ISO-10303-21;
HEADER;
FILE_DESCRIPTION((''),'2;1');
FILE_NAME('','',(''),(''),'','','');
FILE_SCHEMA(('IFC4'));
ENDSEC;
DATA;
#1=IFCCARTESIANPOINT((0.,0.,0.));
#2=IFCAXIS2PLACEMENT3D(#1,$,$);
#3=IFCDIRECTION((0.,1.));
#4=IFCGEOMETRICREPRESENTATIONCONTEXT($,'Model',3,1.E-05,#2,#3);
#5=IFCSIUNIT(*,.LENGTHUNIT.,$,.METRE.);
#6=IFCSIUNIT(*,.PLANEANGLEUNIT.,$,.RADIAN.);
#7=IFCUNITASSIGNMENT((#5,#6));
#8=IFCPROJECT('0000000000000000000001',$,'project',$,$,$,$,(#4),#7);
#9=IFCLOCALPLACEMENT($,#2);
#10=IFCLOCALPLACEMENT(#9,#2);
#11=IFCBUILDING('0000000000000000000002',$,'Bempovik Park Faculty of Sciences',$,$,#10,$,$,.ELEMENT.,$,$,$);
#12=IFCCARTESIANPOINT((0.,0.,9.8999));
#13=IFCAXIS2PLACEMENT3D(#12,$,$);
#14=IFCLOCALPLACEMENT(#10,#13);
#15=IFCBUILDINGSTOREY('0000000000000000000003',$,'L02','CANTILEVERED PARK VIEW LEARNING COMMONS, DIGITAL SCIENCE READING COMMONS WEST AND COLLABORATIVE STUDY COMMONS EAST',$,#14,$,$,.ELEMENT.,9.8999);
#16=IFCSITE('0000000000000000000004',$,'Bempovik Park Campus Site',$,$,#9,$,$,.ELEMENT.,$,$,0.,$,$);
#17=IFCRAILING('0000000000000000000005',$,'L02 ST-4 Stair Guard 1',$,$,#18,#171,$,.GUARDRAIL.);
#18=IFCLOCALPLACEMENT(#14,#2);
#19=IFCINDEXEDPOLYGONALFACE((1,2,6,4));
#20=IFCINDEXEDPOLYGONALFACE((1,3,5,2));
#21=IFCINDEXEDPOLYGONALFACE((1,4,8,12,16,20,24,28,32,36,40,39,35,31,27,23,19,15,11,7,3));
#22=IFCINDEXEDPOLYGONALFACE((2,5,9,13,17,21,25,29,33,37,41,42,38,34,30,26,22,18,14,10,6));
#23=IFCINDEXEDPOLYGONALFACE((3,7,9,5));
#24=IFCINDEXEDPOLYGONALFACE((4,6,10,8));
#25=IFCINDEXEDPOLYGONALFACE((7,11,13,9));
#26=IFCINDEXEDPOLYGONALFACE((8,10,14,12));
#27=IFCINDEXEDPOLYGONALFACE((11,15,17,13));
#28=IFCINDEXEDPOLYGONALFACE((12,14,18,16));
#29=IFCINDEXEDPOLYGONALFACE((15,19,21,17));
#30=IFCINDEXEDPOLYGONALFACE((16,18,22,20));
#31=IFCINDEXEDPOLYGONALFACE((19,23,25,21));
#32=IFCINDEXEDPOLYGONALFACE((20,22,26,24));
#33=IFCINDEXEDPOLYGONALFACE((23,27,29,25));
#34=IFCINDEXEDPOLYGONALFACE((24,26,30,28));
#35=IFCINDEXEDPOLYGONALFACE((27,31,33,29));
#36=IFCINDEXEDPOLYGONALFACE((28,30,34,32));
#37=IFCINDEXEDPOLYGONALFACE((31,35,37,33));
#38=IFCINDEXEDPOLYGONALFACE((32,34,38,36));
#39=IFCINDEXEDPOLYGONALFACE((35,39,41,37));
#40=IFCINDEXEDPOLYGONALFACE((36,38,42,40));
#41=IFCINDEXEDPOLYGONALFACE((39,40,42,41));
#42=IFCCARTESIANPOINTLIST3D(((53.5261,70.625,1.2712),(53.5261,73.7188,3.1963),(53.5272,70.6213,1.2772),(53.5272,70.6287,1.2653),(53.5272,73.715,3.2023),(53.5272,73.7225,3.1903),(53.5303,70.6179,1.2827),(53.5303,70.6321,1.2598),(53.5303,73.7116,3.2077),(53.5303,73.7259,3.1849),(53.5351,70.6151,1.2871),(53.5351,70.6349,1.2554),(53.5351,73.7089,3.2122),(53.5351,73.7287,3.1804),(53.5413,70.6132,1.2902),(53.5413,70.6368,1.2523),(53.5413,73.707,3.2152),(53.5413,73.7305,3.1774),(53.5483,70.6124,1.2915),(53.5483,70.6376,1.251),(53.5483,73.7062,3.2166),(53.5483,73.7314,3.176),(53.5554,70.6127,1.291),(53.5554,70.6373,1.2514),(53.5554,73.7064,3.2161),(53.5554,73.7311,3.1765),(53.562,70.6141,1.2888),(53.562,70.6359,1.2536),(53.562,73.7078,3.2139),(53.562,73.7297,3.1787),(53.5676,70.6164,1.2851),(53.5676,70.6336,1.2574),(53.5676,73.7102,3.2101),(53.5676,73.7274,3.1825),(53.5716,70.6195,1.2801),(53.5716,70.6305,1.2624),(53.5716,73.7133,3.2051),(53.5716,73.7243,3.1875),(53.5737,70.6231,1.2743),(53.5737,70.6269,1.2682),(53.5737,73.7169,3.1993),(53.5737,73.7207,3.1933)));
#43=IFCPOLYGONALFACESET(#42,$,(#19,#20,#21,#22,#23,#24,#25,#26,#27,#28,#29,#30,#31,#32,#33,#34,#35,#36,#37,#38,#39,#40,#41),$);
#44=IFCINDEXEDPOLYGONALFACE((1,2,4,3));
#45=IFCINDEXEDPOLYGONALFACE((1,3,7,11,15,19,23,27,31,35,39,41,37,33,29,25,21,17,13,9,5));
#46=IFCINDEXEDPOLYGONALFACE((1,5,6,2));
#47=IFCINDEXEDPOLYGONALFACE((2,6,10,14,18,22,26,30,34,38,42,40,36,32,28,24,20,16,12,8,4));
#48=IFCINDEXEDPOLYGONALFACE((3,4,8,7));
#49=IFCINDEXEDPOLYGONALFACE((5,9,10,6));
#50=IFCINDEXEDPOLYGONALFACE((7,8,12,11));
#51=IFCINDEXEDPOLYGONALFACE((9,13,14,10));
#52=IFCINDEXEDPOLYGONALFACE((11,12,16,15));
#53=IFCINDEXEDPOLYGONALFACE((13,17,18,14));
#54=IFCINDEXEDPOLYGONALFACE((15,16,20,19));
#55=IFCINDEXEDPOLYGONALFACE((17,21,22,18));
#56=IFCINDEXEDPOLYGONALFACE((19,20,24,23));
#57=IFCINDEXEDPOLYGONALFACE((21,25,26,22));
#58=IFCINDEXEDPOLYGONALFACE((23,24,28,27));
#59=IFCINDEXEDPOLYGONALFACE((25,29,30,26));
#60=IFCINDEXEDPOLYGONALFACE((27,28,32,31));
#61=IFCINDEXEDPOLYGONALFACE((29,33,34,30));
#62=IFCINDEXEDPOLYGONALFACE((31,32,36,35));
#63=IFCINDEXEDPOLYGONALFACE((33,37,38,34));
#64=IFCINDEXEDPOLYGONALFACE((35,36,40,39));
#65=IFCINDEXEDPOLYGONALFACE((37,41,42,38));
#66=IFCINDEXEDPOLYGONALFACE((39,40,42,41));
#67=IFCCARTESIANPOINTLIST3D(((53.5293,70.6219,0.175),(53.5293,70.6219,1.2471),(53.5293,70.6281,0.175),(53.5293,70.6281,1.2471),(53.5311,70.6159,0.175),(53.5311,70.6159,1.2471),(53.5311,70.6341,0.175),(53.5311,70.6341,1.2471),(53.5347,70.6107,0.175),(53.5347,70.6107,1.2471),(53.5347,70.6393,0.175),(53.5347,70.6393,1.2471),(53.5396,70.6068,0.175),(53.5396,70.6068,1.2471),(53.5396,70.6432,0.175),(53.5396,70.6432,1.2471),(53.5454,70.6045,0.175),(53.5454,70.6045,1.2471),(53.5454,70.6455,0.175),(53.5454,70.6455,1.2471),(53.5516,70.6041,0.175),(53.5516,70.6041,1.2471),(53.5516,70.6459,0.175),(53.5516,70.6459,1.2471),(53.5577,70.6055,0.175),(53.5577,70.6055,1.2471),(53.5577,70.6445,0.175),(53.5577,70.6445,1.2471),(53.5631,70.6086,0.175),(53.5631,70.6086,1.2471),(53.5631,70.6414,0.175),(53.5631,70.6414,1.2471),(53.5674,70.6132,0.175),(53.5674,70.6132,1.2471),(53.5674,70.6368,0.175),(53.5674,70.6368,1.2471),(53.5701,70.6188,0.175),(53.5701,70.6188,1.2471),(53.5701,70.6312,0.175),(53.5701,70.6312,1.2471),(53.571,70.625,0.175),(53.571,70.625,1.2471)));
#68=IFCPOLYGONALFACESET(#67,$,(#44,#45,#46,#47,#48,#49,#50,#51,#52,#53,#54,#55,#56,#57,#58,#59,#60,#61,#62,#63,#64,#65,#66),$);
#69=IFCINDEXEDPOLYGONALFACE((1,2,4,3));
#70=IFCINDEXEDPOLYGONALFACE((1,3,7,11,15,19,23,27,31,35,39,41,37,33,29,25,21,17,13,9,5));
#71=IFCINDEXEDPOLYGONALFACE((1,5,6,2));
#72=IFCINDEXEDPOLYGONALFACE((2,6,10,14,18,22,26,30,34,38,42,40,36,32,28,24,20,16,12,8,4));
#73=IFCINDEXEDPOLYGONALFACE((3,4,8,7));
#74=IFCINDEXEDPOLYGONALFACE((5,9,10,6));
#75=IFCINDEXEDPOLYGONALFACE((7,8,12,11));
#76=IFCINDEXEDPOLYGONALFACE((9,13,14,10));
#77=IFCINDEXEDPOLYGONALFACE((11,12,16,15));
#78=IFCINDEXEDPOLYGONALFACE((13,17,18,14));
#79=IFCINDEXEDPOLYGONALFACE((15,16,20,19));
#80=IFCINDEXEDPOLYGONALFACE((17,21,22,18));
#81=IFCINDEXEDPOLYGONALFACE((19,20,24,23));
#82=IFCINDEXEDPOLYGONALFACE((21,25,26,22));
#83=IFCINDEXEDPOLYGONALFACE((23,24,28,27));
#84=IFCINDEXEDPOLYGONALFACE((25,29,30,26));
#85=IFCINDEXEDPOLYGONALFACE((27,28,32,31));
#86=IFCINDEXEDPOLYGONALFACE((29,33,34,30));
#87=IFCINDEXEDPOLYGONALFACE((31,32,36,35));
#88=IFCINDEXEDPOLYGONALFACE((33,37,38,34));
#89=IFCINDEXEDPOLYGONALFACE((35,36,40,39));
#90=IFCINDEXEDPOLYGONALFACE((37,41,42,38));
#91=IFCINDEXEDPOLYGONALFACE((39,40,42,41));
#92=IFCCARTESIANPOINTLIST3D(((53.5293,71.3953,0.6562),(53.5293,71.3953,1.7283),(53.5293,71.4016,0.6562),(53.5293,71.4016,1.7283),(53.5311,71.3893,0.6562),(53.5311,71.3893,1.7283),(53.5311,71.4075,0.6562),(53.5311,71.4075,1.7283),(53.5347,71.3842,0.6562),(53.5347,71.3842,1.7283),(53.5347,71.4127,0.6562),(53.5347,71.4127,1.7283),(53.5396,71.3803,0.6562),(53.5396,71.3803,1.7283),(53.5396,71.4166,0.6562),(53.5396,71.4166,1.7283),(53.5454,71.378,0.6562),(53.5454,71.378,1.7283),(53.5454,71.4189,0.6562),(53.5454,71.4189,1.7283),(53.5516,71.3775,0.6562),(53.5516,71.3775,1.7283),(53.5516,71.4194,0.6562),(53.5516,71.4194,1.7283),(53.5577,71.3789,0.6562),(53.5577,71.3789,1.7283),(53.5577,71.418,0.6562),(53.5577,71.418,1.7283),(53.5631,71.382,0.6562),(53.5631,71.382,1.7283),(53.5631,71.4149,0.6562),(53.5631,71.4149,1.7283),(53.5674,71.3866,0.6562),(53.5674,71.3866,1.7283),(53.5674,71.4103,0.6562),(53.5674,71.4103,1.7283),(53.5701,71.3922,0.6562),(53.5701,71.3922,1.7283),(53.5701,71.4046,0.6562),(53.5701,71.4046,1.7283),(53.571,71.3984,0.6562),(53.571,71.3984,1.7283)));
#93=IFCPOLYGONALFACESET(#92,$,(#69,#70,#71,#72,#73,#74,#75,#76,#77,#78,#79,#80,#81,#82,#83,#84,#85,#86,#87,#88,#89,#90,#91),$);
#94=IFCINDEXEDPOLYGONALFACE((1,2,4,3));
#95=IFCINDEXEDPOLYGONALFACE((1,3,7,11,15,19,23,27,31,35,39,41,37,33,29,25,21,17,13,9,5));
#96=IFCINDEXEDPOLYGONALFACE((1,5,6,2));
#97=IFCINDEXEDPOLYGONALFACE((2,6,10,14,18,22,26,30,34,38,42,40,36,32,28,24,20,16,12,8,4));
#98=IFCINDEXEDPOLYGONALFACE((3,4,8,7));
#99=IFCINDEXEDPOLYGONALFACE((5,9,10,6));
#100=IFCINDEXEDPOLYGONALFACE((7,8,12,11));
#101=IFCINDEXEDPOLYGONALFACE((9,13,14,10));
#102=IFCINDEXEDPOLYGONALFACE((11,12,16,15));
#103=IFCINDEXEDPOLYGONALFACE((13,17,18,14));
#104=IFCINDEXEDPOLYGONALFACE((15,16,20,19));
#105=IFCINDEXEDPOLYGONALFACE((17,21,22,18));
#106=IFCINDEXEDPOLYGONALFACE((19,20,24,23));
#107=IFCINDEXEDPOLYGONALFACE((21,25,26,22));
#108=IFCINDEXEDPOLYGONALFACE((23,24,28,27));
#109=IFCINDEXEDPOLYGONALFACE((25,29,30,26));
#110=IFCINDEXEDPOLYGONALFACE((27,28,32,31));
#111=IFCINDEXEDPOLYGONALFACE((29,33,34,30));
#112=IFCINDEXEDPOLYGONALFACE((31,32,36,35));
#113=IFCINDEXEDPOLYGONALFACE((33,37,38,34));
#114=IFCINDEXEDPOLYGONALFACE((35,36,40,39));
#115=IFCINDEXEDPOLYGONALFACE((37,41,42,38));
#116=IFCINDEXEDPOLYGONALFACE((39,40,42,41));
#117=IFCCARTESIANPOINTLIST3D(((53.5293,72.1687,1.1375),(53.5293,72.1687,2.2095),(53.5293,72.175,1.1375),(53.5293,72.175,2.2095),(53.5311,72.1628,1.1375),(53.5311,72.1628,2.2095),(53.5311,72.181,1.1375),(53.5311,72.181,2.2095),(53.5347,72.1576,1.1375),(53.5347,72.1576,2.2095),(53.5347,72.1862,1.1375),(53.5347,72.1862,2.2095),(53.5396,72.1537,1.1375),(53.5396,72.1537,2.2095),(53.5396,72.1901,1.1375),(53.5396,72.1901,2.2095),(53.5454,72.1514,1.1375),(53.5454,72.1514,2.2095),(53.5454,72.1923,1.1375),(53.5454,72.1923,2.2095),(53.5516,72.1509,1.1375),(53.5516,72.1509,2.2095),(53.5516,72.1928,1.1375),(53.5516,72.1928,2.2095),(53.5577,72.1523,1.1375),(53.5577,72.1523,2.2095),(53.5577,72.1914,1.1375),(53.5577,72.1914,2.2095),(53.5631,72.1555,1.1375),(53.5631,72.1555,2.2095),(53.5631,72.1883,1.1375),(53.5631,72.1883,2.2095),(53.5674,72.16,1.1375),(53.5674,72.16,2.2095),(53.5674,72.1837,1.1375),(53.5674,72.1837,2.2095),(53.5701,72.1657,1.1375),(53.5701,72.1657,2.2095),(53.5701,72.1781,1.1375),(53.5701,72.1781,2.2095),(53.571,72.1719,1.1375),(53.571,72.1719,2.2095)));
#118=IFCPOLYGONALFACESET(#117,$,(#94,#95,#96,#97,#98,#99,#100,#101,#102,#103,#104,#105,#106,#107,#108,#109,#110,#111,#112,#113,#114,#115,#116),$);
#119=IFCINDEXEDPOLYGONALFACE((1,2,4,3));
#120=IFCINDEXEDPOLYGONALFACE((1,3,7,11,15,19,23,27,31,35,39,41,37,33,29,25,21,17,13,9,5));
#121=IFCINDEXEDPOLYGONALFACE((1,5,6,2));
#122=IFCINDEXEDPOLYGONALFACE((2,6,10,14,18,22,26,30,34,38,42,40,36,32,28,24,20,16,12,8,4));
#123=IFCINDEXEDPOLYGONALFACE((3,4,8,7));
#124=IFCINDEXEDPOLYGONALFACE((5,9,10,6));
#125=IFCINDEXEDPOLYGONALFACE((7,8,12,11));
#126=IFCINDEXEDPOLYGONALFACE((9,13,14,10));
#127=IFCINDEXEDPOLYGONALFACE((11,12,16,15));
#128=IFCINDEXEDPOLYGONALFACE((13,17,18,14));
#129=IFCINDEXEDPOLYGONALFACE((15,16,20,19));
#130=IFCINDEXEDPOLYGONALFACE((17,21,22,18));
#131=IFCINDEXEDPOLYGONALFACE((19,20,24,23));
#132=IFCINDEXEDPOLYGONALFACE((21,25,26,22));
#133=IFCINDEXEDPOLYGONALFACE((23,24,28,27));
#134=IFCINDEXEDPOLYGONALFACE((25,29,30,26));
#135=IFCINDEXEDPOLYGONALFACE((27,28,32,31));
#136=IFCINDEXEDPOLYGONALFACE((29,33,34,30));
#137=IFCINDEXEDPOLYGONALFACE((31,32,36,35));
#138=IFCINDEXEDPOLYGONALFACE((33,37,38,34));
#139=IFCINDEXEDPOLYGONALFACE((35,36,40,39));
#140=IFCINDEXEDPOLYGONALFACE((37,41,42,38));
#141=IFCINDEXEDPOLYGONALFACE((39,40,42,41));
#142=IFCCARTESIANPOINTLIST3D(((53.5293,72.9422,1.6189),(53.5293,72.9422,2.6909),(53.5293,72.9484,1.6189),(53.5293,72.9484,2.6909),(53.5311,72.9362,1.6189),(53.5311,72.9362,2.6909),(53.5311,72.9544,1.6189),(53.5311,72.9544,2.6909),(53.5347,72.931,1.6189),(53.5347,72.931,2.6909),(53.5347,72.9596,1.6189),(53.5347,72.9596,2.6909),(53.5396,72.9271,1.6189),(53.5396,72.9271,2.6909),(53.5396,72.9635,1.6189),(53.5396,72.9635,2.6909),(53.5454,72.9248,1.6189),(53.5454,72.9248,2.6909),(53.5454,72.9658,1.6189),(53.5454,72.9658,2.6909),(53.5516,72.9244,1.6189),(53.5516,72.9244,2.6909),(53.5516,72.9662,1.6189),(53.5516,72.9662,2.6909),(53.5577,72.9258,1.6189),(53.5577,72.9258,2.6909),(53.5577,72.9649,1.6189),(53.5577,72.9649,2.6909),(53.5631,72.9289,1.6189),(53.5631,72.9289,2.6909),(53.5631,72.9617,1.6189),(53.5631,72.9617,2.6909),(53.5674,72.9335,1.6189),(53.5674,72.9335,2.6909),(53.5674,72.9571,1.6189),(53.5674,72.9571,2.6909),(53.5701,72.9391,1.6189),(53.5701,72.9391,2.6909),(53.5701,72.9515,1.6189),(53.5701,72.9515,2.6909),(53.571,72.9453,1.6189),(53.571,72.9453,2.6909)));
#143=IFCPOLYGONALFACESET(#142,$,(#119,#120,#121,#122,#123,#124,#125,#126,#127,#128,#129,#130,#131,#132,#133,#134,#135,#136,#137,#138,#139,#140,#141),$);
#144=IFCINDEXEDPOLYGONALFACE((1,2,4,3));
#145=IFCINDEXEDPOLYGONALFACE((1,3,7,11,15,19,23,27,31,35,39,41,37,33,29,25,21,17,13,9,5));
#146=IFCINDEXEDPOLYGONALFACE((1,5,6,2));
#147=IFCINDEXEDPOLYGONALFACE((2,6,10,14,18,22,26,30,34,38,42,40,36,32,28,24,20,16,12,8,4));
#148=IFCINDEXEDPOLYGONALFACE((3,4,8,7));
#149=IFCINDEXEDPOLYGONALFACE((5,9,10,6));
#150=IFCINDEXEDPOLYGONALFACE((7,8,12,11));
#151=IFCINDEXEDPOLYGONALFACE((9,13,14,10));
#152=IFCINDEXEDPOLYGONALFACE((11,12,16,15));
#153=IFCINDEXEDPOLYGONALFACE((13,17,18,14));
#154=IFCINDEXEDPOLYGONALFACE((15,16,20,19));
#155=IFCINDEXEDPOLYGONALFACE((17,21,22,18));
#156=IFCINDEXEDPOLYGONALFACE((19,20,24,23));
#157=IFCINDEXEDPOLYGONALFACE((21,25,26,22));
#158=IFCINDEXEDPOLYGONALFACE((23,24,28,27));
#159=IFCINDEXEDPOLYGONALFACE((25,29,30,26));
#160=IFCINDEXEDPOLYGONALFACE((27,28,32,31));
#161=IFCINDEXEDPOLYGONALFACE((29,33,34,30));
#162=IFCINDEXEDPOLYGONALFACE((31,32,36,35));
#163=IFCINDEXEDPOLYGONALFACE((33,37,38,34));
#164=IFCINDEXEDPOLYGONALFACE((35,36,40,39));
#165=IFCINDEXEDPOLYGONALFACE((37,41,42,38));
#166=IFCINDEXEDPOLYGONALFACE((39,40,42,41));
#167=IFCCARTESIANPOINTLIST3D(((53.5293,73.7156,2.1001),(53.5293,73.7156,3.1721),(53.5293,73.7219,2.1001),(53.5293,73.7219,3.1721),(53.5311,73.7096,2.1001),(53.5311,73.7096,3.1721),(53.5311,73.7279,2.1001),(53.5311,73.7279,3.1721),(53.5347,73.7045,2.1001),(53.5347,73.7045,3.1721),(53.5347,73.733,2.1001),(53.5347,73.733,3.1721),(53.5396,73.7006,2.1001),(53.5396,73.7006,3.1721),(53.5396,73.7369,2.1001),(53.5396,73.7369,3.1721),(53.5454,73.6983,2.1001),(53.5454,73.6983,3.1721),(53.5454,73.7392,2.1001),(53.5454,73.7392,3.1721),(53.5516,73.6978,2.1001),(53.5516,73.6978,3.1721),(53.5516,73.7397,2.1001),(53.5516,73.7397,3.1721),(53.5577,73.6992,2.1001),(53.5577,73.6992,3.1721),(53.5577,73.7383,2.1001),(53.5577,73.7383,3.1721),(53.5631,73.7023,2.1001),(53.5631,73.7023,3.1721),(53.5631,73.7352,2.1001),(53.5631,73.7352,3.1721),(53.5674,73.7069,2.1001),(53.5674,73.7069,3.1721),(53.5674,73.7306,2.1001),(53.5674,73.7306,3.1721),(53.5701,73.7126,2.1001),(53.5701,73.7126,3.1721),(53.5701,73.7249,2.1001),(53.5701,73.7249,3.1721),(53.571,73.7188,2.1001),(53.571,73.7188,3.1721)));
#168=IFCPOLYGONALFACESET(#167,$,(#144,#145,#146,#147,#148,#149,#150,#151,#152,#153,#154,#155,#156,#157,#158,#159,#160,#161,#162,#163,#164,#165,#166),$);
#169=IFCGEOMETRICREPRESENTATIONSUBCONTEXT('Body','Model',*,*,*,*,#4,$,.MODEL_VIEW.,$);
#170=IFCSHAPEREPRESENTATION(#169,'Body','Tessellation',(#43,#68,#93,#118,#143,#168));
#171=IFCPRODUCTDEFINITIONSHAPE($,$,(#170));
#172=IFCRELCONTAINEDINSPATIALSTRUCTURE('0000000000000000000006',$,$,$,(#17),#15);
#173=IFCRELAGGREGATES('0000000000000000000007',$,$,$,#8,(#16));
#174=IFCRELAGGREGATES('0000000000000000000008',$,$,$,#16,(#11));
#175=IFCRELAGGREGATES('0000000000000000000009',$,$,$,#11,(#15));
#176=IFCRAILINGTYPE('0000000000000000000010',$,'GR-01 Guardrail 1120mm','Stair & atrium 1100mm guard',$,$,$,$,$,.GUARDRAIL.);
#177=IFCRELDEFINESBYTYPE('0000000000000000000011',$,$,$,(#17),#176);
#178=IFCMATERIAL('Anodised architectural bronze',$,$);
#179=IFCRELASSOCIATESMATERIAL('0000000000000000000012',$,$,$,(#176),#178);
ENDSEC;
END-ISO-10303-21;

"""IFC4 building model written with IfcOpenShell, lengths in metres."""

from ifc_helpers import new_model, si_unit, direction, frame, origin, origin_2d, place, context, subcontext, project, spatial, circle, extrude, material, type_object, element, save


model = new_model("IFC4")

# Units and contexts
model_context = context("Model", 3, precision=1e-05, world=origin(), true_north=direction((0.0, 1.0)))
body_context = subcontext(model_context, "Body", "Model", "MODEL_VIEW")
ifc_project = project(units=[si_unit("LENGTHUNIT", "METRE"), si_unit("PLANEANGLEUNIT", "RADIAN")], contexts=[model_context])

# Site, building, storey
site_placement = place(None, origin())
site = spatial("IfcSite", under=ifc_project, at=site_placement, Name="Bempovik Park Campus Site", CompositionType="ELEMENT", RefElevation=0.0)
building_placement = place(site_placement, origin())
building = spatial("IfcBuilding", under=site, at=building_placement, Name="Bempovik Park Faculty of Sciences", CompositionType="ELEMENT")
storey_placement = place(building_placement, frame((0.0, 0.0, 9.8999)))
storey = spatial("IfcBuildingStorey", under=building, at=storey_placement, Name="L02", Description="CANTILEVERED PARK VIEW LEARNING COMMONS, DIGITAL SCIENCE READING COMMONS WEST AND COLLABORATIVE STUDY COMMONS EAST", CompositionType="ELEMENT", Elevation=9.8999)

# Shared definitions
ifc_material_1 = material(Name="Anodised architectural bronze")

# Railing
railing_type_1 = type_object("IfcRailingType", Name="GR-01 Guardrail 1120mm", Description="Stair & atrium 1100mm guard", PredefinedType="GUARDRAIL", material=ifc_material_1)
railing_1_placement = place(storey_placement, frame((53.55, 70.625, 0.175)))
element("IfcRailing", 1, at=railing_1_placement, inside=storey, type_object=railing_type_1, Name="L02 ST-4 Stair Guard 1", PredefinedType="GUARDRAIL", context=body_context, shape_type="SweptSolid", body=[
    extrude(circle(Radius=0.0239, at=origin_2d()), frame((0.0, 0.0, 1.0962), z_axis=(0.0, 0.849051, 0.528312), x_axis=(-1.0, 0.0, 0.0)), (0.0, 0.0, 1.0), 3.6438),
    extrude(circle(Radius=0.021, at=origin_2d()), origin(), (0.0, 0.0, 1.0), 1.072),
    extrude(circle(Radius=0.021, at=origin_2d()), frame((0.0, 0.7734, 0.4812)), (0.0, 0.0, 1.0), 1.072),
    extrude(circle(Radius=0.021, at=origin_2d()), frame((0.0, 1.5469, 0.9624)), (0.0, 0.0, 1.0), 1.072),
    extrude(circle(Radius=0.021, at=origin_2d()), frame((0.0, 2.3203, 1.4438)), (0.0, 0.0, 1.0), 1.072),
    extrude(circle(Radius=0.021, at=origin_2d()), frame((0.0, 3.0938, 1.925)), (0.0, 0.0, 1.0), 1.072),
])

save(model, "model.ifc")
